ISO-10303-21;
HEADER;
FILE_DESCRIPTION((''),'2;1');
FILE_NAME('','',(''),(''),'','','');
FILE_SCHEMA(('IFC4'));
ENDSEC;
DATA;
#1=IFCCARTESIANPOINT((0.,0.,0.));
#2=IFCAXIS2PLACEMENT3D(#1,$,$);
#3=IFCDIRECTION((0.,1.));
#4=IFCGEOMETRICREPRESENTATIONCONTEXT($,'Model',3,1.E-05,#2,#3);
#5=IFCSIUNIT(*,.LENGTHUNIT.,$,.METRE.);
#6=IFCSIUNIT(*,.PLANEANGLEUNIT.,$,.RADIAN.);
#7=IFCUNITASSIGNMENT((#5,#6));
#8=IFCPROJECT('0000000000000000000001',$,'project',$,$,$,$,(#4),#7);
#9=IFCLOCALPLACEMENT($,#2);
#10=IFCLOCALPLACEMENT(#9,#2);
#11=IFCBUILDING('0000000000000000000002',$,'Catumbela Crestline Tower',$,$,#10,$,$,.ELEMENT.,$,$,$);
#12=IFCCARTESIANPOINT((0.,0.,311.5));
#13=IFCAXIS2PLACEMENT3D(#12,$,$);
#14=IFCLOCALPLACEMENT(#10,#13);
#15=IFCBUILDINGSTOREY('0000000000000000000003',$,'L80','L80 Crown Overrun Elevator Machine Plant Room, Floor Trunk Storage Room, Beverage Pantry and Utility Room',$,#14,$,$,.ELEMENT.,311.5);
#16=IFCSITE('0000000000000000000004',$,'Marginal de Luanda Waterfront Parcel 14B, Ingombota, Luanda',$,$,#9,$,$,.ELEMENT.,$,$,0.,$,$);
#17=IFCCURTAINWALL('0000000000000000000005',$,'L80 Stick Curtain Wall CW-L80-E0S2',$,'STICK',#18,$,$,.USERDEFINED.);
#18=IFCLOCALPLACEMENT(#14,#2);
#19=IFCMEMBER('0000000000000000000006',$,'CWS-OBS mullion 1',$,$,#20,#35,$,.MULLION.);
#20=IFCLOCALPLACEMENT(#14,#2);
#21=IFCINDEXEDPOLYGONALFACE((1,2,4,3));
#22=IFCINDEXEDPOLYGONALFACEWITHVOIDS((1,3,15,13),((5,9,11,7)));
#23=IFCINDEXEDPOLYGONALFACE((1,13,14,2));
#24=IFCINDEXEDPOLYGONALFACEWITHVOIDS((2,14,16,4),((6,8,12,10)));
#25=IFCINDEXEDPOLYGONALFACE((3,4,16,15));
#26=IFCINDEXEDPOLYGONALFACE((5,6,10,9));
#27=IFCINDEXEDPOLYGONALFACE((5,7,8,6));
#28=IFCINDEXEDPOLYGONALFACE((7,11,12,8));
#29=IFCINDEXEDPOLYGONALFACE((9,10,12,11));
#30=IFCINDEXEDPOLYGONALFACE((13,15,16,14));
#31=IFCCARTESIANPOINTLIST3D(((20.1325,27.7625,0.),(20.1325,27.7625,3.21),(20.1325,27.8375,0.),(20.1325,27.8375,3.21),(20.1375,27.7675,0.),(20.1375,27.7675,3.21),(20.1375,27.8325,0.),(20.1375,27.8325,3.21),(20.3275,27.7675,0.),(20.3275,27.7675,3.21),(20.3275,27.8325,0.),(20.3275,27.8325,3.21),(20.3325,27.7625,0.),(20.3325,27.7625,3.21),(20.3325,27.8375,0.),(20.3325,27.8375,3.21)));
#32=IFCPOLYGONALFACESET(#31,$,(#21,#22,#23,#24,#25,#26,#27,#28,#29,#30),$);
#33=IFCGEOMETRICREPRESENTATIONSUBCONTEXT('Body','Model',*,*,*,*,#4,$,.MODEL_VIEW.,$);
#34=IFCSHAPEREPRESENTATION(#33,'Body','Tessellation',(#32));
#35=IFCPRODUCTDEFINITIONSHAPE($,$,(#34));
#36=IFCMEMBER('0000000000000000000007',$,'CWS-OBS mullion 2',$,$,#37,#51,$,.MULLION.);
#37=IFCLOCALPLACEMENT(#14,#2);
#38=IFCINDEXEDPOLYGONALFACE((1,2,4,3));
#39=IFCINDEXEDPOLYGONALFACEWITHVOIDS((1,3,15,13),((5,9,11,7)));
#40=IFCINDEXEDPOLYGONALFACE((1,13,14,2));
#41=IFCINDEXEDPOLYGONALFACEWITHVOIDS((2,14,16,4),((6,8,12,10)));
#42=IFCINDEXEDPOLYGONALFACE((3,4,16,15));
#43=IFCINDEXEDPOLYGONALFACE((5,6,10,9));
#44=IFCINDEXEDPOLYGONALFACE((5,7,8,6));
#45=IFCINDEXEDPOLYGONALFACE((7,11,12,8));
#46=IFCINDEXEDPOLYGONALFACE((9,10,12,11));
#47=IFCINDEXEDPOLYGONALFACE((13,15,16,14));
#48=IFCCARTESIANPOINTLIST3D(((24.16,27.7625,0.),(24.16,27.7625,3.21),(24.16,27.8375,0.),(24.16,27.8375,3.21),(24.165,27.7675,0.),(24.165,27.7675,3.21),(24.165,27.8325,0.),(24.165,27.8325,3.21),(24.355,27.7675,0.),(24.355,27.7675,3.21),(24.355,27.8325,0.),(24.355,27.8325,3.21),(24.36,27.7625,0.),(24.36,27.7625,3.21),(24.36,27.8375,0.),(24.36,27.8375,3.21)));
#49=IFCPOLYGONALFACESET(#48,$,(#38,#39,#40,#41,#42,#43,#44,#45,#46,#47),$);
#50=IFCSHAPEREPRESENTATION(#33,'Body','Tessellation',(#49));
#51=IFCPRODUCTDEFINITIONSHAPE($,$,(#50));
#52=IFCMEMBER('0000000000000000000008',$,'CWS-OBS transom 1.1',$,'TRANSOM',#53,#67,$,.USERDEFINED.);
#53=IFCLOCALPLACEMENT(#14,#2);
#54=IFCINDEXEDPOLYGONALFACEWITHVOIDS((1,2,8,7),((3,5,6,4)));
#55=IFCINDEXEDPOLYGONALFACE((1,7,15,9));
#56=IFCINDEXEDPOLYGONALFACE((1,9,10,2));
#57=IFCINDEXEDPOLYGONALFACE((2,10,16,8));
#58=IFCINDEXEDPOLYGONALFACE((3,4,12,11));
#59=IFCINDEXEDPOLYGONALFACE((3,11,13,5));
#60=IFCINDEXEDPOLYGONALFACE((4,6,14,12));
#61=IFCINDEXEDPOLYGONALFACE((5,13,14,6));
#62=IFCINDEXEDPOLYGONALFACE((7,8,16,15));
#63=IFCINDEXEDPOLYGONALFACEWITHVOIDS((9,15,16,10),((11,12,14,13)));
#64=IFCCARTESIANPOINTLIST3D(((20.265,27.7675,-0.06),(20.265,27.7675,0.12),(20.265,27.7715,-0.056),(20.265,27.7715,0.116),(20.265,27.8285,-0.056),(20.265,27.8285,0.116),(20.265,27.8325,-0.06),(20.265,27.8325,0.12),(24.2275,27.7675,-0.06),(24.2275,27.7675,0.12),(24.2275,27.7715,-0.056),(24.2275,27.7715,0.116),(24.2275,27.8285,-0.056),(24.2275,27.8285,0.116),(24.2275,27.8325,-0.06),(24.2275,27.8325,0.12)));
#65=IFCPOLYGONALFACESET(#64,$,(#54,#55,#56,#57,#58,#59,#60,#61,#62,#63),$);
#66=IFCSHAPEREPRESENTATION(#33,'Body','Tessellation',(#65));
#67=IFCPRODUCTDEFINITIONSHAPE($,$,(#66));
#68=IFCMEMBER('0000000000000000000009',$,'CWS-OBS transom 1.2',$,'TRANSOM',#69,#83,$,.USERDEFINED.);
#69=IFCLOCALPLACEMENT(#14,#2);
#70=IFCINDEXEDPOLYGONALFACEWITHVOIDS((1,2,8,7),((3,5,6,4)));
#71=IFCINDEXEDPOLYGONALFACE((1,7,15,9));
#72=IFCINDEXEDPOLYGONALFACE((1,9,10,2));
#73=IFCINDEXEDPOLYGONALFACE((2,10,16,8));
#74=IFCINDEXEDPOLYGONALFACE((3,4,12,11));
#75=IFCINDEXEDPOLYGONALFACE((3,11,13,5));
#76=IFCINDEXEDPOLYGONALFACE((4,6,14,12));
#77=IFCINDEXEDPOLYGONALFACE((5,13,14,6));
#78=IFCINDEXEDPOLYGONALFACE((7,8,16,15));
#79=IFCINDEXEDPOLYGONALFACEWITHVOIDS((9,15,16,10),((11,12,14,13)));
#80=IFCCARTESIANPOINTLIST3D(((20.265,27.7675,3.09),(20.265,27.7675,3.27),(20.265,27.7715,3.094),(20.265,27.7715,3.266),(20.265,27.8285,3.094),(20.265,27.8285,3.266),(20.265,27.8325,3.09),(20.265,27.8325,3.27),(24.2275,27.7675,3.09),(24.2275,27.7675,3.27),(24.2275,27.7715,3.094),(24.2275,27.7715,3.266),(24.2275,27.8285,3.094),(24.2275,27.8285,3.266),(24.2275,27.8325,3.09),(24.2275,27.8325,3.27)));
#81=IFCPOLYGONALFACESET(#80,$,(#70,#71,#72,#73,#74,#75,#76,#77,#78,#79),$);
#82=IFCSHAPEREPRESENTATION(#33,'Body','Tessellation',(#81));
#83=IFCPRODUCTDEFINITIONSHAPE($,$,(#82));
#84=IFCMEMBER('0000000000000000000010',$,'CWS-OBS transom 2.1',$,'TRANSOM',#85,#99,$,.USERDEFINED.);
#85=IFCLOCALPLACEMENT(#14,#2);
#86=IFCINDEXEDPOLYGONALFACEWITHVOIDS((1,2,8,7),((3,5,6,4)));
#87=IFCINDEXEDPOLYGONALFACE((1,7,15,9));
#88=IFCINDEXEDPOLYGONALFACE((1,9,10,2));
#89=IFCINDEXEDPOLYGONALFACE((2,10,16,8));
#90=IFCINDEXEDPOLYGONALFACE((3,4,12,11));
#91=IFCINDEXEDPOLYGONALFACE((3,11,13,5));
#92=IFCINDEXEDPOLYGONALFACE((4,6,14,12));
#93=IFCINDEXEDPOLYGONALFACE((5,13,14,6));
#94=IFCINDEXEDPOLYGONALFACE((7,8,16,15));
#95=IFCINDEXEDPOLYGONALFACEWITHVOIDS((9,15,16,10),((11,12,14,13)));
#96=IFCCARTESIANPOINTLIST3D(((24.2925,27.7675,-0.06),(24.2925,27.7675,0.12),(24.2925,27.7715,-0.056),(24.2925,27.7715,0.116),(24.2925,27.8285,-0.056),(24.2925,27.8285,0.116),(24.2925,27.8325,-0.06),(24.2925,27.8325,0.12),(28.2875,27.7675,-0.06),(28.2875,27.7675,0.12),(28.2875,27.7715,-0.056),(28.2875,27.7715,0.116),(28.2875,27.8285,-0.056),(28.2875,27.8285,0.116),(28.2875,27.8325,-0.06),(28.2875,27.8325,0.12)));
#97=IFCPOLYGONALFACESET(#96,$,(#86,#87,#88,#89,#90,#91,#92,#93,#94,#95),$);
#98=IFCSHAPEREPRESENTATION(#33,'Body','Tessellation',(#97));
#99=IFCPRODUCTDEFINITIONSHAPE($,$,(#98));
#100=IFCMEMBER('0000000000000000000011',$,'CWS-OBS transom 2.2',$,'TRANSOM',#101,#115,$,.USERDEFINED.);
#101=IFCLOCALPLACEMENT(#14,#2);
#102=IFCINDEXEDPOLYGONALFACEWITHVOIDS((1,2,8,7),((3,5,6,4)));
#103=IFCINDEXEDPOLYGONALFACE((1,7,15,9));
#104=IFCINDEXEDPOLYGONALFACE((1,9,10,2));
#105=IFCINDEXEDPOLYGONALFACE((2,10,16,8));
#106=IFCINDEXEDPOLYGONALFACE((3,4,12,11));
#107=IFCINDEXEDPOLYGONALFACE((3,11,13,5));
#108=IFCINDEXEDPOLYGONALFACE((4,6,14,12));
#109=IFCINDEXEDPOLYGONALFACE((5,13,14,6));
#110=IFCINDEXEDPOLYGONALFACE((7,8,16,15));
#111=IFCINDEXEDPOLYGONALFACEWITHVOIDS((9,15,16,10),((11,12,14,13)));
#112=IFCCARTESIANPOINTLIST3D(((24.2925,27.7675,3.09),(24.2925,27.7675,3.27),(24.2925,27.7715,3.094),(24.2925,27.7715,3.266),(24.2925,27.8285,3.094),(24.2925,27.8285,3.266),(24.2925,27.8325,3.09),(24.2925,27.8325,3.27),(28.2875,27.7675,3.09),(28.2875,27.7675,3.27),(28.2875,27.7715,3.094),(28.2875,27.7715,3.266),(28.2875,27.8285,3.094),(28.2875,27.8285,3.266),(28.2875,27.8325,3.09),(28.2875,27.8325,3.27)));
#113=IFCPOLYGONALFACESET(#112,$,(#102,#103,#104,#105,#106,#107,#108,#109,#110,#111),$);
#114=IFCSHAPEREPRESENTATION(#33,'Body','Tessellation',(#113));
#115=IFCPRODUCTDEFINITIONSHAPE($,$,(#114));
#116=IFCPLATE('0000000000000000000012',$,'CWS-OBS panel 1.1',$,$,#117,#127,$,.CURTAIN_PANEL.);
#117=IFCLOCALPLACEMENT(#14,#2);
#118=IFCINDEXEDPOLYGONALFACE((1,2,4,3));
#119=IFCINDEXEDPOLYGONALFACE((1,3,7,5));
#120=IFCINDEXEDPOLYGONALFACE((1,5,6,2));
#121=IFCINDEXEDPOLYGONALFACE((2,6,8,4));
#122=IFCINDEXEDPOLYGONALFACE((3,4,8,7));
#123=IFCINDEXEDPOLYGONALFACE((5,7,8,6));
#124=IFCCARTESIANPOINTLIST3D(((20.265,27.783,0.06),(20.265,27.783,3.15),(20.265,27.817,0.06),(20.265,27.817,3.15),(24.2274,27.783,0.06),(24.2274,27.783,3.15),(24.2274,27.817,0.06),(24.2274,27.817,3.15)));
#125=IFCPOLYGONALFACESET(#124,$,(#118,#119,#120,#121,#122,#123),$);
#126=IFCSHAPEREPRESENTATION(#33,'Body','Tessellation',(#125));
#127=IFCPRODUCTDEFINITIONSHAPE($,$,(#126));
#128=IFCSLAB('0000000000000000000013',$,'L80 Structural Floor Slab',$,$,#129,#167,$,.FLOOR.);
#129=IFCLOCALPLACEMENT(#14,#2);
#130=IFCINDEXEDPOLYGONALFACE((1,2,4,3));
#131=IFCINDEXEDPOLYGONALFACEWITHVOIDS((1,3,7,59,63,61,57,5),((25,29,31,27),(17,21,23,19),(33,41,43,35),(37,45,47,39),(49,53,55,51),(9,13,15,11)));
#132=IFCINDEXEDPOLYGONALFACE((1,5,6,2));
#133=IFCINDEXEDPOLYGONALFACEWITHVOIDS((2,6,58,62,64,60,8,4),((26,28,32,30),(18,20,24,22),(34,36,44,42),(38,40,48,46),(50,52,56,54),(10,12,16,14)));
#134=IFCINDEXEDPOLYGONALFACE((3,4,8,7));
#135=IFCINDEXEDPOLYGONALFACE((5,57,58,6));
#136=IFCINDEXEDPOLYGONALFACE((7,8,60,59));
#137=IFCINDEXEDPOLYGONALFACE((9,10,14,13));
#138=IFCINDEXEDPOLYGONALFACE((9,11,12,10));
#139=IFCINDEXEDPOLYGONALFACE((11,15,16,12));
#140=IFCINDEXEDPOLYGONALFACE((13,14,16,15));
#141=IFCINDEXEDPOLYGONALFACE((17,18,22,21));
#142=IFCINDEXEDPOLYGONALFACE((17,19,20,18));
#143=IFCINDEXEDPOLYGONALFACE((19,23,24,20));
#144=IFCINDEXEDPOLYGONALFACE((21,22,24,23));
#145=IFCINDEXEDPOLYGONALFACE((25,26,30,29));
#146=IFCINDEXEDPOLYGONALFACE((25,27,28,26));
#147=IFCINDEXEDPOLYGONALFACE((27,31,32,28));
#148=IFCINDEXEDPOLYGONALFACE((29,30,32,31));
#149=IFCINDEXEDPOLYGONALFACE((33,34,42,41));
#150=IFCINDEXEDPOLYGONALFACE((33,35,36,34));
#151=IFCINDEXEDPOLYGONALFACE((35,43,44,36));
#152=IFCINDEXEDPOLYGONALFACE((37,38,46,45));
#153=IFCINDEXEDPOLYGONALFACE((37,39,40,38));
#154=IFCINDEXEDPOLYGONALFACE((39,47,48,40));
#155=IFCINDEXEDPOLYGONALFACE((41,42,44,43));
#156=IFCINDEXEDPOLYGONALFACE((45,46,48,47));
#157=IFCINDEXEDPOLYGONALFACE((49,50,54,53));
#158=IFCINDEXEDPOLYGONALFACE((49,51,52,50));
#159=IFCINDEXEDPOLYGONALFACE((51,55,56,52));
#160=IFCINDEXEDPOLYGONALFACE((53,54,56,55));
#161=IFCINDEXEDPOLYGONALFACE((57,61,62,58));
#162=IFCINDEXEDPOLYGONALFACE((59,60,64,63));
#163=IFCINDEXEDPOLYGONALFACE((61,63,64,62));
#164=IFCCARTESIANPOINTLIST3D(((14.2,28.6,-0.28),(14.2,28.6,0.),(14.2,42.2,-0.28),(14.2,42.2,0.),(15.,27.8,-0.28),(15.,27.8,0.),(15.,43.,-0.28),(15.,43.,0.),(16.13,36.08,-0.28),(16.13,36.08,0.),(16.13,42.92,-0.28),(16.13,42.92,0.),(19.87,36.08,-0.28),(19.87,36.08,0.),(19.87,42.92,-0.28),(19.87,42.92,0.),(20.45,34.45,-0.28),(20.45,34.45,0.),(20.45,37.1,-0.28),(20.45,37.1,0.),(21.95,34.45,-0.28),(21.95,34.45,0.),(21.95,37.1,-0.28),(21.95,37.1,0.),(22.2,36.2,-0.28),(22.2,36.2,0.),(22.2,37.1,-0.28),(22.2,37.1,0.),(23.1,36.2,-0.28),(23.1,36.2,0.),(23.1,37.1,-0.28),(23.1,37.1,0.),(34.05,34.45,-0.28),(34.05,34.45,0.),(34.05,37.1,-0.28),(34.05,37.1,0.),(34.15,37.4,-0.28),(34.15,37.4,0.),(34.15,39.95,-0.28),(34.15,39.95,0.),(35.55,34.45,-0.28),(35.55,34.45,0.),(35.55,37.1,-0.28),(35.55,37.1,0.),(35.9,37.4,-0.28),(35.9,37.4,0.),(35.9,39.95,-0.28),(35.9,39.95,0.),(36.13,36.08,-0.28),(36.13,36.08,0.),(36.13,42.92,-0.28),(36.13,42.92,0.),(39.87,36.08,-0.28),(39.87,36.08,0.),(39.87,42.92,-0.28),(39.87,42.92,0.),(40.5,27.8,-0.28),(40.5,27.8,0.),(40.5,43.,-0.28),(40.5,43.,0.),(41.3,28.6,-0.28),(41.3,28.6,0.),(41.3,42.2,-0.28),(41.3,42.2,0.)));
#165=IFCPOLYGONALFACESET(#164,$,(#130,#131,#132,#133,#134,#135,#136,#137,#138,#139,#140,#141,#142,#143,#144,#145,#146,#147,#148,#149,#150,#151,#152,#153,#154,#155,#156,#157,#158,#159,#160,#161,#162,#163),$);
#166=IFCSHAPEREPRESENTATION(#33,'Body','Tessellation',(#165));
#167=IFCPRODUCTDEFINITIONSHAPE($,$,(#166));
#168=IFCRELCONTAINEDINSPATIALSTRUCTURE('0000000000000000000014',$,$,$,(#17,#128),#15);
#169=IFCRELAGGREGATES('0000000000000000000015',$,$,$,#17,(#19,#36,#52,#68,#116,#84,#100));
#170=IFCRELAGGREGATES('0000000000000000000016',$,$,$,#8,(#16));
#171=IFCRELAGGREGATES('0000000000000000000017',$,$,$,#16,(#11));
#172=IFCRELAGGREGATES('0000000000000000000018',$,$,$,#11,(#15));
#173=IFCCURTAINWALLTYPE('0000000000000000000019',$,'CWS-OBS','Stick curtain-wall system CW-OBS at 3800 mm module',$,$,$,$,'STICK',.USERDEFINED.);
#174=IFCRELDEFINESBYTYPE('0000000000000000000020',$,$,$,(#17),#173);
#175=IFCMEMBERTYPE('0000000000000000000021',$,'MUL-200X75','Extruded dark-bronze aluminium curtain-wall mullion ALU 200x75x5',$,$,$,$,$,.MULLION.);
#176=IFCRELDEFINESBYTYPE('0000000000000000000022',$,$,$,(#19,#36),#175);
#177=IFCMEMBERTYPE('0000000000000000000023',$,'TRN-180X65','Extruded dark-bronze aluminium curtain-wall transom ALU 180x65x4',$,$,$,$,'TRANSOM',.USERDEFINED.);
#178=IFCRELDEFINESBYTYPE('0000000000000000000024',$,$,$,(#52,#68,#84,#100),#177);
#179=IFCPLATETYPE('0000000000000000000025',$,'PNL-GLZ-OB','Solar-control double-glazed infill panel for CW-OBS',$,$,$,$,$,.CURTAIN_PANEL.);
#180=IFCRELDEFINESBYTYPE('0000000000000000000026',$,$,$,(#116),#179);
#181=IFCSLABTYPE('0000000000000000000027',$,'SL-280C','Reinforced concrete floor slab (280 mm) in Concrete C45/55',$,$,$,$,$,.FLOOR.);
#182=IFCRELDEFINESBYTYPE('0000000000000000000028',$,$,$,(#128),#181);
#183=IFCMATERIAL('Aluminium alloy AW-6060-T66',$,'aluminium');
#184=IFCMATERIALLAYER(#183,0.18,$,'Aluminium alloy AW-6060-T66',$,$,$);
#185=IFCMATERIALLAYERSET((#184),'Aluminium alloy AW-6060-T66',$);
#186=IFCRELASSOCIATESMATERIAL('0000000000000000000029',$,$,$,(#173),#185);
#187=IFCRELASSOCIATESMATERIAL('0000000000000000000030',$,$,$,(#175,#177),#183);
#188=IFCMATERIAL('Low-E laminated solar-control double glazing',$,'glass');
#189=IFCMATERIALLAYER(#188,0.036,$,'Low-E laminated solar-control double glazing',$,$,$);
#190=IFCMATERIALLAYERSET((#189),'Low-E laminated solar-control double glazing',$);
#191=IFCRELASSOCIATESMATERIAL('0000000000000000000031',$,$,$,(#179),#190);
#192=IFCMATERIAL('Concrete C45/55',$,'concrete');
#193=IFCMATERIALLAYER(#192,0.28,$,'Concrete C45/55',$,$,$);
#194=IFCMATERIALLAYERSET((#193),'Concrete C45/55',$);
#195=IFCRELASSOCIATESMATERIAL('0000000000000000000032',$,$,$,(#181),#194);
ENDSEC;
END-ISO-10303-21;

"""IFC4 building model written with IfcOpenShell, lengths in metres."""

from ifc_helpers import new_model, si_unit, direction, frame, origin, origin_2d, place, context, subcontext, project, spatial, polyline, rectangle, hollow_rectangle, outline, extrude, material, layer, layer_set, material_profile, profile_set, type_object, element, aggregate, save


model = new_model("IFC4")

# Units and contexts
model_context = context("Model", 3, precision=1e-05, world=origin(), true_north=direction((0.0, 1.0)))
body_context = subcontext(model_context, "Body", "Model", "MODEL_VIEW")
ifc_project = project(units=[si_unit("LENGTHUNIT", "METRE"), si_unit("PLANEANGLEUNIT", "RADIAN")], contexts=[model_context])

# Site, building, storey
site_placement = place(None, origin())
site = spatial("IfcSite", under=ifc_project, at=site_placement, Name="Marginal de Luanda Waterfront Parcel 14B, Ingombota, Luanda", CompositionType="ELEMENT", RefElevation=0.0)
building_placement = place(site_placement, origin())
building = spatial("IfcBuilding", under=site, at=building_placement, Name="Catumbela Crestline Tower", CompositionType="ELEMENT")
storey_placement = place(building_placement, frame((0.0, 0.0, 311.5)))
storey = spatial("IfcBuildingStorey", under=building, at=storey_placement, Name="L80", Description="L80 Crown Overrun Elevator Machine Plant Room, Floor Trunk Storage Room, Beverage Pantry and Utility Room", CompositionType="ELEMENT", Elevation=311.5)

# Curtain wall, members, plate
ifc_material_1 = material(Name="Aluminium alloy AW-6060-T66", Category="aluminium")
ifc_layer_1 = layer(ifc_material_1, 0.18, Name="Aluminium alloy AW-6060-T66")
ifc_layer_set_1 = layer_set([ifc_layer_1], Name="Aluminium alloy AW-6060-T66")
curtain_wall_type = type_object("IfcCurtainWallType", Name="CWS-OBS", Description="Stick curtain-wall system CW-OBS at 3800 mm module", ElementType="STICK", PredefinedType="USERDEFINED", material=ifc_layer_set_1)
curtain_wall_placement = place(storey_placement, origin())
curtain_wall = element("IfcCurtainWall", 1, at=curtain_wall_placement, inside=storey, type_object=curtain_wall_type, Name="L80 Stick Curtain Wall CW-L80-E0S2", ObjectType="STICK", PredefinedType="USERDEFINED")
ifc_material_profile_1 = material_profile(ifc_material_1, hollow_rectangle(XDim=0.075, YDim=0.2, WallThickness=0.005, at=origin_2d()), Name="ALU 200x75x5")
ifc_profile_set_1 = profile_set([ifc_material_profile_1], Name="Aluminium alloy AW-6060-T66")
member_type_1 = type_object("IfcMemberType", Name="MUL-200X75", Description="Extruded dark-bronze aluminium curtain-wall mullion ALU 200x75x5", PredefinedType="MULLION", material=ifc_profile_set_1)
member_1_placement = place(storey_placement, frame((20.2325, 27.8, 0.0), z_axis=(0.0, 0.0, 1.0), x_axis=(0.0, 1.0, 0.0)))
member_1 = element("IfcMember", 2, at=member_1_placement, type_object=member_type_1, Name="CWS-OBS mullion 1", PredefinedType="MULLION", context=body_context, shape_type="SweptSolid", body=[
    extrude(hollow_rectangle(XDim=0.075, YDim=0.2, WallThickness=0.005, at=origin_2d()), origin(), (0.0, 0.0, 1.0), 3.21),
])
member_2_placement = place(storey_placement, frame((24.26, 27.8, 0.0), z_axis=(0.0, 0.0, 1.0), x_axis=(0.0, 1.0, 0.0)))
member_2 = element("IfcMember", 3, at=member_2_placement, type_object=member_type_1, Name="CWS-OBS mullion 2", PredefinedType="MULLION", context=body_context, shape_type="SweptSolid", body=[
    extrude(hollow_rectangle(XDim=0.075, YDim=0.2, WallThickness=0.005, at=origin_2d()), origin(), (0.0, 0.0, 1.0), 3.21),
])
ifc_material_profile_2 = material_profile(ifc_material_1, hollow_rectangle(XDim=0.065, YDim=0.18, WallThickness=0.004, at=origin_2d()), Name="ALU 180x65x4")
ifc_profile_set_2 = profile_set([ifc_material_profile_2], Name="Aluminium alloy AW-6060-T66")
member_type_2 = type_object("IfcMemberType", Name="TRN-180X65", Description="Extruded dark-bronze aluminium curtain-wall transom ALU 180x65x4", ElementType="TRANSOM", PredefinedType="USERDEFINED", material=ifc_profile_set_2)
member_3_placement = place(storey_placement, frame((20.265, 27.8, 0.03), z_axis=(1.0, 0.0, 0.0), x_axis=(0.0, 1.0, 0.0)))
member_3 = element("IfcMember", 4, at=member_3_placement, type_object=member_type_2, Name="CWS-OBS transom 1.1", ObjectType="TRANSOM", PredefinedType="USERDEFINED", context=body_context, shape_type="SweptSolid", body=[
    extrude(hollow_rectangle(XDim=0.065, YDim=0.18, WallThickness=0.004, at=origin_2d()), origin(), (0.0, 0.0, 1.0), 3.9625),
])
member_4_placement = place(storey_placement, frame((20.265, 27.8, 3.18), z_axis=(1.0, 0.0, 0.0), x_axis=(0.0, 1.0, 0.0)))
member_4 = element("IfcMember", 5, at=member_4_placement, type_object=member_type_2, Name="CWS-OBS transom 1.2", ObjectType="TRANSOM", PredefinedType="USERDEFINED", context=body_context, shape_type="SweptSolid", body=[
    extrude(hollow_rectangle(XDim=0.065, YDim=0.18, WallThickness=0.004, at=origin_2d()), origin(), (0.0, 0.0, 1.0), 3.9625),
])
member_5_placement = place(storey_placement, frame((24.2925, 27.8, 0.03), z_axis=(1.0, 0.0, 0.0), x_axis=(0.0, 1.0, 0.0)))
member_5 = element("IfcMember", 6, at=member_5_placement, type_object=member_type_2, Name="CWS-OBS transom 2.1", ObjectType="TRANSOM", PredefinedType="USERDEFINED", context=body_context, shape_type="SweptSolid", body=[
    extrude(hollow_rectangle(XDim=0.065, YDim=0.18, WallThickness=0.004, at=origin_2d()), origin(), (0.0, 0.0, 1.0), 3.995),
])
member_6_placement = place(storey_placement, frame((24.2925, 27.8, 3.18), z_axis=(1.0, 0.0, 0.0), x_axis=(0.0, 1.0, 0.0)))
member_6 = element("IfcMember", 7, at=member_6_placement, type_object=member_type_2, Name="CWS-OBS transom 2.2", ObjectType="TRANSOM", PredefinedType="USERDEFINED", context=body_context, shape_type="SweptSolid", body=[
    extrude(hollow_rectangle(XDim=0.065, YDim=0.18, WallThickness=0.004, at=origin_2d()), origin(), (0.0, 0.0, 1.0), 3.995),
])
ifc_material_2 = material(Name="Low-E laminated solar-control double glazing", Category="glass")
ifc_layer_2 = layer(ifc_material_2, 0.036, Name="Low-E laminated solar-control double glazing")
ifc_layer_set_2 = layer_set([ifc_layer_2], Name="Low-E laminated solar-control double glazing")
plate_type = type_object("IfcPlateType", Name="PNL-GLZ-OB", Description="Solar-control double-glazed infill panel for CW-OBS", PredefinedType="CURTAIN_PANEL", material=ifc_layer_set_2)
plate_placement = place(storey_placement, frame((22.2462, 27.8, 0.06), z_axis=(0.0, 0.0, 1.0), x_axis=(1.0, 0.0, 0.0)))
plate = element("IfcPlate", 8, at=plate_placement, type_object=plate_type, Name="CWS-OBS panel 1.1", PredefinedType="CURTAIN_PANEL", context=body_context, shape_type="SweptSolid", body=[
    extrude(rectangle(XDim=3.9625, YDim=0.034, at=origin_2d()), origin(), (0.0, 0.0, 1.0), 3.09),
])
aggregate(curtain_wall, [member_1, member_2, member_3, member_4, plate, member_5, member_6])

# Slab
ifc_material_3 = material(Name="Concrete C45/55", Category="concrete")
ifc_layer_3 = layer(ifc_material_3, 0.28, Name="Concrete C45/55")
ifc_layer_set_3 = layer_set([ifc_layer_3], Name="Concrete C45/55")
slab_type_1 = type_object("IfcSlabType", Name="SL-280C", Description="Reinforced concrete floor slab (280 mm) in Concrete C45/55", PredefinedType="FLOOR", material=ifc_layer_set_3)
slab_1_placement = place(storey_placement, frame((0.0, 0.0, -0.28)))
element("IfcSlab", 9, at=slab_1_placement, inside=storey, type_object=slab_type_1, Name="L80 Structural Floor Slab", PredefinedType="FLOOR", context=body_context, shape_type="SweptSolid", body=[
    extrude(outline(polyline([(15.0, 27.8), (40.5, 27.8), (41.3, 28.6), (41.3, 42.2), (40.5, 43.0), (15.0, 43.0), (14.2, 42.2), (14.2, 28.6), (15.0, 27.8)]), holes=[polyline([(16.13, 36.08), (19.87, 36.08), (19.87, 42.92), (16.13, 42.92), (16.13, 36.08)]), polyline([(36.13, 36.08), (39.87, 36.08), (39.87, 42.92), (36.13, 42.92), (36.13, 36.08)]), polyline([(20.45, 34.45), (21.95, 34.45), (21.95, 37.1), (20.45, 37.1), (20.45, 34.45)]), polyline([(34.05, 34.45), (35.55, 34.45), (35.55, 37.1), (34.05, 37.1), (34.05, 34.45)]), polyline([(34.15, 37.4), (35.9, 37.4), (35.9, 39.95), (34.15, 39.95), (34.15, 37.4)]), polyline([(22.2, 36.2), (23.1, 36.2), (23.1, 37.1), (22.2, 37.1), (22.2, 36.2)])]), origin(), (0.0, 0.0, 1.0), 0.28),
])

save(model, "model.ifc")
